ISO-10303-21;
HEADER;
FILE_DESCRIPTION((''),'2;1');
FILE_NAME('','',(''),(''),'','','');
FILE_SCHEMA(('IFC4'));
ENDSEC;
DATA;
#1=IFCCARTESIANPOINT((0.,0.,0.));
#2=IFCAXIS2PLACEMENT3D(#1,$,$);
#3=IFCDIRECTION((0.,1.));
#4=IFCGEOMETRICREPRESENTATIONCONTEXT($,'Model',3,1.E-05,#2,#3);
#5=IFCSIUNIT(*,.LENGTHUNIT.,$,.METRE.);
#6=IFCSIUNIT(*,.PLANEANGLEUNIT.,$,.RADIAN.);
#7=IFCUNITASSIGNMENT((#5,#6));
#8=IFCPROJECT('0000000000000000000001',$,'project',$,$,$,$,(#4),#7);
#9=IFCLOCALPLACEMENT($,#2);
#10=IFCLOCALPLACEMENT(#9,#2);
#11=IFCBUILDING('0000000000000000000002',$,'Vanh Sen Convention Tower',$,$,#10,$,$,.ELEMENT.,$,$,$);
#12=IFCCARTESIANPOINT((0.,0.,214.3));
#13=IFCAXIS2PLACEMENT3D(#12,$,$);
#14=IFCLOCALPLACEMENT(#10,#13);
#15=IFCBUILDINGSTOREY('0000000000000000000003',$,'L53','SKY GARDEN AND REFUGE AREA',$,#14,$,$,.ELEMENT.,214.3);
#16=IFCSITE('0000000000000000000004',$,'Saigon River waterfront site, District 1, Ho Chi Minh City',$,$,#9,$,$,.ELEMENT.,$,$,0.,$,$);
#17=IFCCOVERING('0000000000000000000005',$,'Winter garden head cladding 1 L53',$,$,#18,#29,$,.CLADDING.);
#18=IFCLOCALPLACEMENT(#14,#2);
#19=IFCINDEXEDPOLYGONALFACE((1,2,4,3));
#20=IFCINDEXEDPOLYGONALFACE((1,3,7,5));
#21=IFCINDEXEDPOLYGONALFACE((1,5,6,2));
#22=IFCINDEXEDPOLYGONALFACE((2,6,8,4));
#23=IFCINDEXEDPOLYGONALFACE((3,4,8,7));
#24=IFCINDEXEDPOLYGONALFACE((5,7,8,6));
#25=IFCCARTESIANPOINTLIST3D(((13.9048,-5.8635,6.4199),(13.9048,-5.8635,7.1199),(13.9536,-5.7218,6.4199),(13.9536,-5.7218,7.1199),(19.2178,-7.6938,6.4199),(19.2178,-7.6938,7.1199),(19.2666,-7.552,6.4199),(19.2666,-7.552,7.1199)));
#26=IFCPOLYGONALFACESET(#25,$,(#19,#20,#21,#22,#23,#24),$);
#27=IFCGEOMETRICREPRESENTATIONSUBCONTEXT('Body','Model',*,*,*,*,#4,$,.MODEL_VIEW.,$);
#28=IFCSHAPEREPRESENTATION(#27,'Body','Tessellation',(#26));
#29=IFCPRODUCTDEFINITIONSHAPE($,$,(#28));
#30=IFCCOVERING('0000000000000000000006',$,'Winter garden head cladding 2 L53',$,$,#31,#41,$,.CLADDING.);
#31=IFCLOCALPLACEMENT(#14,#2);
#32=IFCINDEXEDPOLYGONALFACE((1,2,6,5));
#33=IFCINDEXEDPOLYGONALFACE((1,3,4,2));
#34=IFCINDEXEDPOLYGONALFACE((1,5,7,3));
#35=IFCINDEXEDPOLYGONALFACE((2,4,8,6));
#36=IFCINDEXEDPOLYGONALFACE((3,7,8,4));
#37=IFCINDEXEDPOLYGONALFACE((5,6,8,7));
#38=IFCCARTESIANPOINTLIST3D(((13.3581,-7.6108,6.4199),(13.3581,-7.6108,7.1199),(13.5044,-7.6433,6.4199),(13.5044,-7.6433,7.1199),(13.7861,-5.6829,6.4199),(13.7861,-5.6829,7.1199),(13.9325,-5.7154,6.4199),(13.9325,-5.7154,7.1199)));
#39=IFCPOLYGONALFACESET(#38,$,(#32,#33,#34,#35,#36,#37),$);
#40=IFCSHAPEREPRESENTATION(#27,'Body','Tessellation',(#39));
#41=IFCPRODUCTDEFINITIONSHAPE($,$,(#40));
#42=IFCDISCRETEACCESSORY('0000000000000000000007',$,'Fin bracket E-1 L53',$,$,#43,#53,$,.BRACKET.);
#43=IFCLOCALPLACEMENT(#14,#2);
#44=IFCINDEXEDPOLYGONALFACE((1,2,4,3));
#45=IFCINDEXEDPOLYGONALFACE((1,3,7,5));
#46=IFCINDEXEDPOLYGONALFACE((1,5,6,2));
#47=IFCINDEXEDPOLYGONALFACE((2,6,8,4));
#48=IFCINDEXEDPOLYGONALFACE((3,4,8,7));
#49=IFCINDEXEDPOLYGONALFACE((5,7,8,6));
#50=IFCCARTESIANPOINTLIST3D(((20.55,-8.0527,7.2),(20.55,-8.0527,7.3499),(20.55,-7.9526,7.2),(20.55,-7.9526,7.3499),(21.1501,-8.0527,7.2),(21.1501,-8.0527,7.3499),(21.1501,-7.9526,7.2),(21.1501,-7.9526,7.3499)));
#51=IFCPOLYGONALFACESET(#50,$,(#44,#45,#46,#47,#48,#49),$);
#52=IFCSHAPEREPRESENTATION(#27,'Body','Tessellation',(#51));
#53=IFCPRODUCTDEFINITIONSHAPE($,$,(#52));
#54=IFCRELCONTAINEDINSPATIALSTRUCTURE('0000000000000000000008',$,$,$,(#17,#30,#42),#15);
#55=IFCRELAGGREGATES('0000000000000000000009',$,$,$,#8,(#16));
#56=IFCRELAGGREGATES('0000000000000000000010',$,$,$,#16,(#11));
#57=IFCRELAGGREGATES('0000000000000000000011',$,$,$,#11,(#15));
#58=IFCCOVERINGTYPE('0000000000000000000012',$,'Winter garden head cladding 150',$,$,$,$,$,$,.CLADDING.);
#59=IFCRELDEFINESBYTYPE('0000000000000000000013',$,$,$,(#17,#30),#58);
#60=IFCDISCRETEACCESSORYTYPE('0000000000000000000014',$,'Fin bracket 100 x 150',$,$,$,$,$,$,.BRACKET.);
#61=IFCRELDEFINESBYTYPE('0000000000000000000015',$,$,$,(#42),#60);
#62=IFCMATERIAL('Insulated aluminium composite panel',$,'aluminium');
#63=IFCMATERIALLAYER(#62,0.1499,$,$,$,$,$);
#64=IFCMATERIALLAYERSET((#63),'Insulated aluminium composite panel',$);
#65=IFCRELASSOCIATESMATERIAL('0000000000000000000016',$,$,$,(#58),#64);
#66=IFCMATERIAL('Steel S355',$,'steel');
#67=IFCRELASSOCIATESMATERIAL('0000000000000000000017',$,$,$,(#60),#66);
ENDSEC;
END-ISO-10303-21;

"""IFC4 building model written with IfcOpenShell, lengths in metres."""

from ifc_helpers import new_model, si_unit, direction, frame, origin, origin_2d, place, context, subcontext, project, spatial, rectangle, extrude, material, layer, layer_set, type_object, element, save


model = new_model("IFC4")

# Units and contexts
model_context = context("Model", 3, precision=1e-05, world=origin(), true_north=direction((0.0, 1.0)))
body_context = subcontext(model_context, "Body", "Model", "MODEL_VIEW")
ifc_project = project(units=[si_unit("LENGTHUNIT", "METRE"), si_unit("PLANEANGLEUNIT", "RADIAN")], contexts=[model_context])

# Site, building, storey
site_placement = place(None, origin())
site = spatial("IfcSite", under=ifc_project, at=site_placement, Name="Saigon River waterfront site, District 1, Ho Chi Minh City", CompositionType="ELEMENT", RefElevation=0.0)
building_placement = place(site_placement, origin())
building = spatial("IfcBuilding", under=site, at=building_placement, Name="Vanh Sen Convention Tower", CompositionType="ELEMENT")
storey_placement = place(building_placement, frame((0.0, 0.0, 214.3)))
storey = spatial("IfcBuildingStorey", under=building, at=storey_placement, Name="L53", Description="SKY GARDEN AND REFUGE AREA", CompositionType="ELEMENT", Elevation=214.3)

# Coverings
ifc_material_1 = material(Name="Insulated aluminium composite panel", Category="aluminium")
ifc_layer_1 = layer(ifc_material_1, 0.1499)
ifc_layer_set_1 = layer_set([ifc_layer_1], Name="Insulated aluminium composite panel")
covering_type = type_object("IfcCoveringType", Name="Winter garden head cladding 150", PredefinedType="CLADDING", material=ifc_layer_set_1)
covering_1_placement = place(storey_placement, frame((16.5857, -6.7078, 6.4199), z_axis=(0.0, 0.0, 1.0), x_axis=(-0.945471, 0.325707, 0.0)))
element("IfcCovering", 1, at=covering_1_placement, inside=storey, type_object=covering_type, Name="Winter garden head cladding 1 L53", PredefinedType="CLADDING", context=body_context, shape_type="SweptSolid", body=[
    extrude(rectangle(XDim=5.6194, YDim=0.1499, at=origin_2d()), origin(), (0.0, 0.0, 1.0), 0.7),
])
covering_2_placement = place(storey_placement, frame((13.6453, -6.6631, 6.4199), z_axis=(0.0, 0.0, 1.0), x_axis=(-0.216751, -0.976227, 0.0)))
element("IfcCovering", 2, at=covering_2_placement, inside=storey, type_object=covering_type, Name="Winter garden head cladding 2 L53", PredefinedType="CLADDING", context=body_context, shape_type="SweptSolid", body=[
    extrude(rectangle(XDim=1.9749, YDim=0.1499, at=origin_2d()), origin(), (0.0, 0.0, 1.0), 0.7),
])

# Discrete accessory
ifc_material_2 = material(Name="Steel S355", Category="steel")
discrete_accessory_type = type_object("IfcDiscreteAccessoryType", Name="Fin bracket 100 x 150", PredefinedType="BRACKET", material=ifc_material_2)
discrete_accessory_placement = place(storey_placement, frame((20.8501, -8.0027, 7.2), z_axis=(0.0, 0.0, 1.0), x_axis=(1.0, 0.0, 0.0)))
element("IfcDiscreteAccessory", 3, at=discrete_accessory_placement, inside=storey, type_object=discrete_accessory_type, Name="Fin bracket E-1 L53", PredefinedType="BRACKET", context=body_context, shape_type="SweptSolid", body=[
    extrude(rectangle(XDim=0.6001, YDim=0.1001, at=origin_2d()), origin(), (0.0, 0.0, 1.0), 0.1499),
])

save(model, "model.ifc")
